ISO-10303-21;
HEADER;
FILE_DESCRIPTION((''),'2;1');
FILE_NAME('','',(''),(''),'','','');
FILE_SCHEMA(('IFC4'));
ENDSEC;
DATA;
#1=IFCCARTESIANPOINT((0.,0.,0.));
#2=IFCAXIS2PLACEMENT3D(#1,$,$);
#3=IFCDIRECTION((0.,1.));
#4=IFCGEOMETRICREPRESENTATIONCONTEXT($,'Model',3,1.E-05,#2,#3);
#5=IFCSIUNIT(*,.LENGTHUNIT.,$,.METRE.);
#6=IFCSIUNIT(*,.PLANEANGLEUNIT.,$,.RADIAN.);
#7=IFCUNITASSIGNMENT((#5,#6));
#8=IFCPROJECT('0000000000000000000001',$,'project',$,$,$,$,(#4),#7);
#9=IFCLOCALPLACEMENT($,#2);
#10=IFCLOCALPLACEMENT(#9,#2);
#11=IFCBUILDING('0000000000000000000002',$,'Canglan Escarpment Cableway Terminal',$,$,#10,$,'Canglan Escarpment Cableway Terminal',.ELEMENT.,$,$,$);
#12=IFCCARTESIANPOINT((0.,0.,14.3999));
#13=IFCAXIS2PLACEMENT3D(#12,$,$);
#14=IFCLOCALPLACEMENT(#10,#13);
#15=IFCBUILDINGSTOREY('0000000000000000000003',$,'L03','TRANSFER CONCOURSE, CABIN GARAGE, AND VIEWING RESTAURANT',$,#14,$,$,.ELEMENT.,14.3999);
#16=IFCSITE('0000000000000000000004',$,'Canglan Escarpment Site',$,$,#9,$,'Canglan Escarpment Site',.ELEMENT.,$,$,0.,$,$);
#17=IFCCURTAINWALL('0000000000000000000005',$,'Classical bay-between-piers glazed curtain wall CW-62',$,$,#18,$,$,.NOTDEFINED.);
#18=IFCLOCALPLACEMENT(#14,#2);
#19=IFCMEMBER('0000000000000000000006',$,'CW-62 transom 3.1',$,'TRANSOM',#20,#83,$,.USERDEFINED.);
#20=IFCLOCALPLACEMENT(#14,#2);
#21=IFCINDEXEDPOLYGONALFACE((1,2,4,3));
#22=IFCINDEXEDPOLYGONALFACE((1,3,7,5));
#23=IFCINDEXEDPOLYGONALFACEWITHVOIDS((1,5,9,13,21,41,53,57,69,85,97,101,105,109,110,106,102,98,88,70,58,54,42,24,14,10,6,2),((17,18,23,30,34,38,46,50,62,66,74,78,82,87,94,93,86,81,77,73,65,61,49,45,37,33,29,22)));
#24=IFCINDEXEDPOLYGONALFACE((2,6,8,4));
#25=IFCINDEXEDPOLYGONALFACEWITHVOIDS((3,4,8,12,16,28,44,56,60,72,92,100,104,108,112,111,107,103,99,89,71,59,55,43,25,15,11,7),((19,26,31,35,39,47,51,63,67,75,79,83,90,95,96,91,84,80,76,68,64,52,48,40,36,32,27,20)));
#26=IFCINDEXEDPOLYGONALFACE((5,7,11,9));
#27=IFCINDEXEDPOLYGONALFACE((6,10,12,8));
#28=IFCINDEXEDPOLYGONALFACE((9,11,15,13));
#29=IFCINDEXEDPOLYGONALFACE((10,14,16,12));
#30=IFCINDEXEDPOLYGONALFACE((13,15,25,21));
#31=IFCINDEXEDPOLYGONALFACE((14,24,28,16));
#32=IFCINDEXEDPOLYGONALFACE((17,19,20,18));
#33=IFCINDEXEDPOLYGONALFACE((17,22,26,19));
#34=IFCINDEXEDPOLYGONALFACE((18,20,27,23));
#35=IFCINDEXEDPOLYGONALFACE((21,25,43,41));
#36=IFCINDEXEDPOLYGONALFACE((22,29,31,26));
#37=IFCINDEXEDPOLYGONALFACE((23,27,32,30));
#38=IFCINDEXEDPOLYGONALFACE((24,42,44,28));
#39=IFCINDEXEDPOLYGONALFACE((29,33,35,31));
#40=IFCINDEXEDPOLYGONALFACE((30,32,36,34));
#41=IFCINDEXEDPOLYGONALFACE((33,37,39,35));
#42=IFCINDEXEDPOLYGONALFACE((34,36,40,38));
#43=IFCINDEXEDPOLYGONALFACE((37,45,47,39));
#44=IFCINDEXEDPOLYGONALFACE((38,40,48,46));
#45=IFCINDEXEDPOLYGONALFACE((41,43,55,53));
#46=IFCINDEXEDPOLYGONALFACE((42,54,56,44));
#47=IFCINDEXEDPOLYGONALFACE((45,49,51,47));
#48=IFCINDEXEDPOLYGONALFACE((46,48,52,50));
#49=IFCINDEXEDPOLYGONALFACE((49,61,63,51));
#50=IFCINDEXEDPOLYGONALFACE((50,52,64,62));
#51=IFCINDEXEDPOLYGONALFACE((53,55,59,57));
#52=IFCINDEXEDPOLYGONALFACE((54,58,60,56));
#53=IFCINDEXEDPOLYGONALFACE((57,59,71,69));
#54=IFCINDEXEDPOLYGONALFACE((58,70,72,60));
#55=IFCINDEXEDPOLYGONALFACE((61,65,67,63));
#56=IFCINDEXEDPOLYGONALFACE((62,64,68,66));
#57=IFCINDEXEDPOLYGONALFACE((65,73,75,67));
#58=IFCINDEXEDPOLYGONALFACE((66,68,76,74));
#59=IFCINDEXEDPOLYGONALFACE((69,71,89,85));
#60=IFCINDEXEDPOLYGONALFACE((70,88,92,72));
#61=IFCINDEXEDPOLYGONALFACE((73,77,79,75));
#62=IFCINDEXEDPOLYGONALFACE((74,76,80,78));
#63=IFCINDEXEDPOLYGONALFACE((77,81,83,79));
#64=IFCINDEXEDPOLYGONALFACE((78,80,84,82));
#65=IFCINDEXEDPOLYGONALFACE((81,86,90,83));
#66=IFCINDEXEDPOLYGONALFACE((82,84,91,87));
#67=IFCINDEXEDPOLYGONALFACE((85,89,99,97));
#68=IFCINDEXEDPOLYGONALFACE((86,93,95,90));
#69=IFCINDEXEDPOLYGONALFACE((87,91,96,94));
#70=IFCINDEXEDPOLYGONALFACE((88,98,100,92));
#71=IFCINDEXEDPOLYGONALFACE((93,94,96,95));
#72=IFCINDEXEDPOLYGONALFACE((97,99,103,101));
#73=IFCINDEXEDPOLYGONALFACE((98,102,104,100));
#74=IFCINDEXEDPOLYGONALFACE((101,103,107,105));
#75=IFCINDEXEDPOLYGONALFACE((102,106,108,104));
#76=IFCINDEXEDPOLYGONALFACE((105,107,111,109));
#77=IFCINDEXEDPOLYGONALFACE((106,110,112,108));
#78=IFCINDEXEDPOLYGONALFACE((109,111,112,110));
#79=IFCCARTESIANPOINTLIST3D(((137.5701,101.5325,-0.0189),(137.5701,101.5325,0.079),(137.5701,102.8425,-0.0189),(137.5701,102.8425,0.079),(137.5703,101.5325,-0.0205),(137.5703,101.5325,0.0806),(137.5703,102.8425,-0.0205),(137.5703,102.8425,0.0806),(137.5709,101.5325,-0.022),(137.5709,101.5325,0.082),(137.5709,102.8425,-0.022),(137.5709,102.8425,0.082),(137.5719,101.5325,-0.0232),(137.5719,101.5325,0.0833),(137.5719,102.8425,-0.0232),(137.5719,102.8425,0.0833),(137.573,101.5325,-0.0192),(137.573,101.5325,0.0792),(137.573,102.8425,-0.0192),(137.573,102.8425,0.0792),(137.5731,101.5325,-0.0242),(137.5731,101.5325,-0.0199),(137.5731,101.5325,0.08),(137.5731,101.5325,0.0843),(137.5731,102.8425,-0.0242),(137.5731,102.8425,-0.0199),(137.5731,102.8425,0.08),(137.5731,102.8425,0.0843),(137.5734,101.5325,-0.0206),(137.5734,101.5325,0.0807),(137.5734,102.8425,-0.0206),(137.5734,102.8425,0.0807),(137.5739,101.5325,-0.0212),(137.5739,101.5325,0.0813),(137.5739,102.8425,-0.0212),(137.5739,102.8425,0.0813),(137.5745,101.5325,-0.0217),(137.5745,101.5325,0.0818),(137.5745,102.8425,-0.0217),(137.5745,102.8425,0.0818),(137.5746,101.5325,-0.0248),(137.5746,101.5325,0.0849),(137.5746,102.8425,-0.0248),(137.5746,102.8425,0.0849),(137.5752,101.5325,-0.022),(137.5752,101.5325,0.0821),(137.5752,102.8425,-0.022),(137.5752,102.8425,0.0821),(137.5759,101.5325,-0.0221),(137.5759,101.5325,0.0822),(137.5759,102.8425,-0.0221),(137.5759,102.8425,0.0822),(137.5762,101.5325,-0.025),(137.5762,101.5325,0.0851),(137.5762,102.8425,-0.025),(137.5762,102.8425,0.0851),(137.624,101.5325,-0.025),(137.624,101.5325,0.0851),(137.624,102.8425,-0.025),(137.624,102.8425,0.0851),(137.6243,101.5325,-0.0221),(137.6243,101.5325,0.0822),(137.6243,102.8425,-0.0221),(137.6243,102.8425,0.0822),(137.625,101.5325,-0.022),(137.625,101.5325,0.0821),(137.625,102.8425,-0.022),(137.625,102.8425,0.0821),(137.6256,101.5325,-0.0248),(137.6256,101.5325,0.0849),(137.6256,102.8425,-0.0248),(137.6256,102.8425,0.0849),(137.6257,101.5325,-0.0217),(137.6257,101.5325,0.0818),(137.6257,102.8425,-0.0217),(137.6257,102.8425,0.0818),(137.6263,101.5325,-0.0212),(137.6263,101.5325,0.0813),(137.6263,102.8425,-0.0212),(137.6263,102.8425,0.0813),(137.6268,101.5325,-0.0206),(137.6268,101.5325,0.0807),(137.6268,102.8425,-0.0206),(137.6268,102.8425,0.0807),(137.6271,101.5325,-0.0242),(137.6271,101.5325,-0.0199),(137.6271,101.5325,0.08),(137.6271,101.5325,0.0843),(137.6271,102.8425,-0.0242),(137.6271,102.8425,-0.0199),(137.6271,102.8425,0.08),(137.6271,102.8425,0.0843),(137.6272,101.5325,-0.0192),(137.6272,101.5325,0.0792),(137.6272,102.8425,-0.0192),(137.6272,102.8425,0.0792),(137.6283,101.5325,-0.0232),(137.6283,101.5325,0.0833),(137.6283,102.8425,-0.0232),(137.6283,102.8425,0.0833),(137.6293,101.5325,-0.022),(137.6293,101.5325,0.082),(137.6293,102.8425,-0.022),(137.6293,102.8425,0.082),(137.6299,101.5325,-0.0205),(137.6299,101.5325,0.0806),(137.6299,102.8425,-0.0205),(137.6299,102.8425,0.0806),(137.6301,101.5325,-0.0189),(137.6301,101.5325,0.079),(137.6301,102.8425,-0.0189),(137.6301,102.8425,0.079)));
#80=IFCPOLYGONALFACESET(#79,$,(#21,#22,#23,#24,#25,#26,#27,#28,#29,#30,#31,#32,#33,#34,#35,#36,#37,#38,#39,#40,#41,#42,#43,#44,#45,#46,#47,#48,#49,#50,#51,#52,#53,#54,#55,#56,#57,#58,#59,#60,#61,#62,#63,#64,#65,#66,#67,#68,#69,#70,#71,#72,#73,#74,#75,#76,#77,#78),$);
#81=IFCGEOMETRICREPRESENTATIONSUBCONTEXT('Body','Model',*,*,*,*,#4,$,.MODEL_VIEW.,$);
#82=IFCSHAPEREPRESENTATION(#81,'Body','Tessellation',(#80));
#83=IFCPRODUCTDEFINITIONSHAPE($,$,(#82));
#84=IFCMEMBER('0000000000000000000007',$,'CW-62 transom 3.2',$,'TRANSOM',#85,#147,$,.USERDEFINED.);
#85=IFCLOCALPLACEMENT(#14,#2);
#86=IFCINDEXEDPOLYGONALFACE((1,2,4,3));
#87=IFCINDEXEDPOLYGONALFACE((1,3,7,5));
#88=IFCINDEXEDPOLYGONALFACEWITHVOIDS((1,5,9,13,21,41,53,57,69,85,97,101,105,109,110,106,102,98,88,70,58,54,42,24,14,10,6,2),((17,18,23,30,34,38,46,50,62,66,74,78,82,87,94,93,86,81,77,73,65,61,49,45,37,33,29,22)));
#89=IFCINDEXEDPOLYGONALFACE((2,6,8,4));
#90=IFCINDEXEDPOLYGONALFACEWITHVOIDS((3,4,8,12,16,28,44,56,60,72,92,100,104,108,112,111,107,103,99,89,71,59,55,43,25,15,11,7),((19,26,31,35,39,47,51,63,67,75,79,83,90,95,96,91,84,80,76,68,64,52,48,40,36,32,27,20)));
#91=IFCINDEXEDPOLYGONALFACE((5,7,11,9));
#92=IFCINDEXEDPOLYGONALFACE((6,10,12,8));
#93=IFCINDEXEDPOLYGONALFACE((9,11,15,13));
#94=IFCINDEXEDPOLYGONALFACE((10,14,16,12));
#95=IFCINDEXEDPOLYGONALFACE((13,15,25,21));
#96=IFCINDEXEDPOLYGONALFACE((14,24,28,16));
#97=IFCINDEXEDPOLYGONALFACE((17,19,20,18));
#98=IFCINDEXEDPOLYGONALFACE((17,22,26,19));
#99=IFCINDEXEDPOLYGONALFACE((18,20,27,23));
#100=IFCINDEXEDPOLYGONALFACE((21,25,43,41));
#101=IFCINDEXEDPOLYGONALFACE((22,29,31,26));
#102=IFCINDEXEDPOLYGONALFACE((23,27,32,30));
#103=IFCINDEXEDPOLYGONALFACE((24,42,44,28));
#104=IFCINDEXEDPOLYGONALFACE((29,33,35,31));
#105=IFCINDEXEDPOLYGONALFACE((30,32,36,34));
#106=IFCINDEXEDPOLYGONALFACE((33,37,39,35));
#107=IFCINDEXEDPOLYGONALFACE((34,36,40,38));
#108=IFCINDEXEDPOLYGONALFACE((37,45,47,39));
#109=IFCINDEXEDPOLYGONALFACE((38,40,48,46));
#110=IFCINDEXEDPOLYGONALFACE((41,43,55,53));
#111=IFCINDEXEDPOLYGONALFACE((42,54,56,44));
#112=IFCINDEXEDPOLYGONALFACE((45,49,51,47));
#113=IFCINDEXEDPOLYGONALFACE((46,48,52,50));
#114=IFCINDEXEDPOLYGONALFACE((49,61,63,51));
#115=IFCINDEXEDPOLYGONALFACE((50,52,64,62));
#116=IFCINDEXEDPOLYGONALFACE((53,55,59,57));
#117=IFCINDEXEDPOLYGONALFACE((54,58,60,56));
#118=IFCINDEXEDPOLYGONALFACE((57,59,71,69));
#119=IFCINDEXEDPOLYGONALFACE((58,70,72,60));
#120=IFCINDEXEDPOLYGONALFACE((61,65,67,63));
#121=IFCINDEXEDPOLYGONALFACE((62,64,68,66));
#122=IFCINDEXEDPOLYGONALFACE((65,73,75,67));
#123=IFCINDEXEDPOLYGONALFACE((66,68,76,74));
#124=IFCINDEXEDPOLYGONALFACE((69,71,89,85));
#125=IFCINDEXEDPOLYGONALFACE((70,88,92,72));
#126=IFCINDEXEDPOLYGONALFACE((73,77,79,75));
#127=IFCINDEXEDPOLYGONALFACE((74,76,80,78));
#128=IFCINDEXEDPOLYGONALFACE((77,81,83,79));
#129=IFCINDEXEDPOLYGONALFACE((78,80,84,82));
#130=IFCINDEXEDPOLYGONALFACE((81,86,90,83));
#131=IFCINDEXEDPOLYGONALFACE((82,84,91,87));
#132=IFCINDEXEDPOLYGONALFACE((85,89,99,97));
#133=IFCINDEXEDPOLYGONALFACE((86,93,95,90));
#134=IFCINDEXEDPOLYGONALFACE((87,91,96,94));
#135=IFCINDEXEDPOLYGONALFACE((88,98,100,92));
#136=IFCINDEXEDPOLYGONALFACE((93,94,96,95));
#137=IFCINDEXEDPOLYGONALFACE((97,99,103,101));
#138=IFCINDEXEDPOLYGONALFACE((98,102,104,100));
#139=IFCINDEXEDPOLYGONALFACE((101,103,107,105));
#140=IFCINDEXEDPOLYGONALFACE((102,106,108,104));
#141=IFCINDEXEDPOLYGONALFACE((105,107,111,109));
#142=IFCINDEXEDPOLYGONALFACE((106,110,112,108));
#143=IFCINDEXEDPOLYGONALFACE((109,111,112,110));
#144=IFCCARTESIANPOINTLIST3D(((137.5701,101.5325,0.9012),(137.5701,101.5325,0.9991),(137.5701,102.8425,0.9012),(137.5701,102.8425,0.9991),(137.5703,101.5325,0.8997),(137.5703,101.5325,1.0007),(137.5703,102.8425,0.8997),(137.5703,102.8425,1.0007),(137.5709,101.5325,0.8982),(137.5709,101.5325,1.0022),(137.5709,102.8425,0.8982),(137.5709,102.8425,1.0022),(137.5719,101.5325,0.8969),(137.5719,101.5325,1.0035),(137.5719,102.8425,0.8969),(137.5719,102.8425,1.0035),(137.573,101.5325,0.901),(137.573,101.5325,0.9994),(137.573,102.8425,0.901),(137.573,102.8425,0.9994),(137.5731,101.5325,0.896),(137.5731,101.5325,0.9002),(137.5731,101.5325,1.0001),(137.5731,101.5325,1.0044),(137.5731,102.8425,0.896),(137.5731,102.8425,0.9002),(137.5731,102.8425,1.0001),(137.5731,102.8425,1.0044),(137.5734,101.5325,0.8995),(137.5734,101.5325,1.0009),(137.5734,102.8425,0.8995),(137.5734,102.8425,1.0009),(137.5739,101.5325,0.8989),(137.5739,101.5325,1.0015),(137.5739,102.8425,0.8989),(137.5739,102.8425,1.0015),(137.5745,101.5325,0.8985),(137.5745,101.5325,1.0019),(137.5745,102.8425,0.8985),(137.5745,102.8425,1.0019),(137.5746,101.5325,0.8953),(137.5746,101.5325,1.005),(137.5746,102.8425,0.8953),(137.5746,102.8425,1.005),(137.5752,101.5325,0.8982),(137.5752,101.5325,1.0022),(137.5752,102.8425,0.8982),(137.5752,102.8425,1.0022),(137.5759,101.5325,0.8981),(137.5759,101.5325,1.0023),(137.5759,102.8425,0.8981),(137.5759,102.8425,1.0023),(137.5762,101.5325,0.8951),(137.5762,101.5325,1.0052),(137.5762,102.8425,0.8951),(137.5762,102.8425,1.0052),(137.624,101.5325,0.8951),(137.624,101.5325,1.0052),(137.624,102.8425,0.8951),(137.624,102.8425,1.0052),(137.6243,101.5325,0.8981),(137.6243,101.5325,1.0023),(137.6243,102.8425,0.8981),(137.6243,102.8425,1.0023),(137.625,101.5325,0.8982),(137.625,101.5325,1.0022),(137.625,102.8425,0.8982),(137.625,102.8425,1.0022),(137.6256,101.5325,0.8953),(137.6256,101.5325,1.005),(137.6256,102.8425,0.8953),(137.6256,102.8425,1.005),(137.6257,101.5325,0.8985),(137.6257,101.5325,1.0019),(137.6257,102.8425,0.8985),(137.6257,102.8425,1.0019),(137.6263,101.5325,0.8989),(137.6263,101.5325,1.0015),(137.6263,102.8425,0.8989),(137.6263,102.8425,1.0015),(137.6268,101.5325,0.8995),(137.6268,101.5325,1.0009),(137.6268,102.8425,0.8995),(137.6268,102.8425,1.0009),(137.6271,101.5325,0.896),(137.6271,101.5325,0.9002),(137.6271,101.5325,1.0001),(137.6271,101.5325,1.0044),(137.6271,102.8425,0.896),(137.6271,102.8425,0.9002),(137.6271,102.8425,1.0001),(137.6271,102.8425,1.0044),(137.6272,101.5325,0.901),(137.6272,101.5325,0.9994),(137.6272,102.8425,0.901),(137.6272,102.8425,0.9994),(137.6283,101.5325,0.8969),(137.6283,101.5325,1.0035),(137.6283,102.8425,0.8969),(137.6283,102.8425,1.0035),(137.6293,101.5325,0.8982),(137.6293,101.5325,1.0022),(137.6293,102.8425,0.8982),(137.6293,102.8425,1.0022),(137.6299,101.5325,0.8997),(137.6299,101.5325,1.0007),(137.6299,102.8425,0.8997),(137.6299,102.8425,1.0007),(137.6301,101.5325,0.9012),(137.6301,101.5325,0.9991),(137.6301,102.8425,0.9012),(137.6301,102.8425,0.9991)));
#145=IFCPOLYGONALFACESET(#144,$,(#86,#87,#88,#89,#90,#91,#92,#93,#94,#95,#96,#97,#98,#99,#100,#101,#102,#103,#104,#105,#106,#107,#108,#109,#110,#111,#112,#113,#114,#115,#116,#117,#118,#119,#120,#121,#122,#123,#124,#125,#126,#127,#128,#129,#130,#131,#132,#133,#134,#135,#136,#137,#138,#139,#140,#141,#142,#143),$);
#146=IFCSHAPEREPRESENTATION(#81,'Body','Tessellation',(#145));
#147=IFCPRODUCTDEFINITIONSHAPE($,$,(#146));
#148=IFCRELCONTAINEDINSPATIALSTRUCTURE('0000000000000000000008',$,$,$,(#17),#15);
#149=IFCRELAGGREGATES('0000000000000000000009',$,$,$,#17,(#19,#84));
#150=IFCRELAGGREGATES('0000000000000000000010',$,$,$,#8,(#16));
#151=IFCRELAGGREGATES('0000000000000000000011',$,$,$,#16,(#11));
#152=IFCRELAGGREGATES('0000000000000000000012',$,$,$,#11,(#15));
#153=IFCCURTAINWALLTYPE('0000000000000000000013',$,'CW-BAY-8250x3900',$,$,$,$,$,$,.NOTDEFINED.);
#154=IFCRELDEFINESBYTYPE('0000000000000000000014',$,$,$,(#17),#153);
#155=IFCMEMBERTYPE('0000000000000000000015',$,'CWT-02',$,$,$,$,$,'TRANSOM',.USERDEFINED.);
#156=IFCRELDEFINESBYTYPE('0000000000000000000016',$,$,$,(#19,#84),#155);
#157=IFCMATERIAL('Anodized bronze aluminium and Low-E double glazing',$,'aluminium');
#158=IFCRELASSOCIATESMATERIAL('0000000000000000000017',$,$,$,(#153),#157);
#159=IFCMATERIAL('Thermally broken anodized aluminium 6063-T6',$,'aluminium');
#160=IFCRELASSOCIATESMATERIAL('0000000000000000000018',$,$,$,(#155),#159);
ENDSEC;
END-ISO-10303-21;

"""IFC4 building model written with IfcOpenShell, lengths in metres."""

from ifc_helpers import new_model, si_unit, direction, frame, origin, origin_2d, place, context, subcontext, project, spatial, hollow_rectangle, extrude, material, material_profile, profile_set, type_object, element, aggregate, save


model = new_model("IFC4")

# Units and contexts
model_context = context("Model", 3, precision=1e-05, world=origin(), true_north=direction((0.0, 1.0)))
body_context = subcontext(model_context, "Body", "Model", "MODEL_VIEW")
ifc_project = project(units=[si_unit("LENGTHUNIT", "METRE"), si_unit("PLANEANGLEUNIT", "RADIAN")], contexts=[model_context])

# Site, building, storey
site_placement = place(None, origin())
site = spatial("IfcSite", under=ifc_project, at=site_placement, Name="Canglan Escarpment Site", LongName="Canglan Escarpment Site", CompositionType="ELEMENT", RefElevation=0.0)
building_placement = place(site_placement, origin())
building = spatial("IfcBuilding", under=site, at=building_placement, Name="Canglan Escarpment Cableway Terminal", LongName="Canglan Escarpment Cableway Terminal", CompositionType="ELEMENT")
storey_placement = place(building_placement, frame((0.0, 0.0, 14.3999)))
storey = spatial("IfcBuildingStorey", under=building, at=storey_placement, Name="L03", Description="TRANSFER CONCOURSE, CABIN GARAGE, AND VIEWING RESTAURANT", CompositionType="ELEMENT", Elevation=14.3999)

# Curtain wall
ifc_material_1 = material(Name="Anodized bronze aluminium and Low-E double glazing", Category="aluminium")
curtain_wall_type_1 = type_object("IfcCurtainWallType", Name="CW-BAY-8250x3900", PredefinedType="NOTDEFINED", material=ifc_material_1)
curtain_wall_1_placement = place(storey_placement, origin())
curtain_wall_1 = element("IfcCurtainWall", 1, at=curtain_wall_1_placement, inside=storey, type_object=curtain_wall_type_1, Name="Classical bay-between-piers glazed curtain wall CW-62", PredefinedType="NOTDEFINED")
ifc_material_2 = material(Name="Thermally broken anodized aluminium 6063-T6", Category="aluminium")
ifc_material_profile_1 = material_profile(ifc_material_2, hollow_rectangle(XDim=0.0601, YDim=0.1101, WallThickness=0.0029, InnerFilletRadius=0.0029, OuterFilletRadius=0.0061, at=origin_2d()), Name="ALU-TRAN 60x110x3")
ifc_profile_set_1 = profile_set([ifc_material_profile_1], Name="Thermally broken anodized aluminium 6063-T6")
member_type_1 = type_object("IfcMemberType", Name="CWT-02", ElementType="TRANSOM", PredefinedType="USERDEFINED", material=ifc_profile_set_1)

# Members
member_1_placement = place(storey_placement, frame((137.6001, 102.8425, 0.03), z_axis=(0.0, -1.0, 0.0), x_axis=(1.0, 0.0, 0.0)))
member_1 = element("IfcMember", 2, at=member_1_placement, type_object=member_type_1, Name="CW-62 transom 3.1", ObjectType="TRANSOM", PredefinedType="USERDEFINED", context=body_context, shape_type="SweptSolid", body=[
    extrude(hollow_rectangle(XDim=0.0601, YDim=0.1101, WallThickness=0.0029, InnerFilletRadius=0.0029, OuterFilletRadius=0.0061, at=origin_2d()), origin(), (0.0, 0.0, 1.0), 1.3101),
])
member_2_placement = place(storey_placement, frame((137.6001, 102.8425, 0.9502), z_axis=(0.0, -1.0, 0.0), x_axis=(1.0, 0.0, 0.0)))
member_2 = element("IfcMember", 3, at=member_2_placement, type_object=member_type_1, Name="CW-62 transom 3.2", ObjectType="TRANSOM", PredefinedType="USERDEFINED", context=body_context, shape_type="SweptSolid", body=[
    extrude(hollow_rectangle(XDim=0.0601, YDim=0.1101, WallThickness=0.0029, InnerFilletRadius=0.0029, OuterFilletRadius=0.0061, at=origin_2d()), origin(), (0.0, 0.0, 1.0), 1.3101),
])

aggregate(curtain_wall_1, [member_1, member_2])

save(model, "model.ifc")
